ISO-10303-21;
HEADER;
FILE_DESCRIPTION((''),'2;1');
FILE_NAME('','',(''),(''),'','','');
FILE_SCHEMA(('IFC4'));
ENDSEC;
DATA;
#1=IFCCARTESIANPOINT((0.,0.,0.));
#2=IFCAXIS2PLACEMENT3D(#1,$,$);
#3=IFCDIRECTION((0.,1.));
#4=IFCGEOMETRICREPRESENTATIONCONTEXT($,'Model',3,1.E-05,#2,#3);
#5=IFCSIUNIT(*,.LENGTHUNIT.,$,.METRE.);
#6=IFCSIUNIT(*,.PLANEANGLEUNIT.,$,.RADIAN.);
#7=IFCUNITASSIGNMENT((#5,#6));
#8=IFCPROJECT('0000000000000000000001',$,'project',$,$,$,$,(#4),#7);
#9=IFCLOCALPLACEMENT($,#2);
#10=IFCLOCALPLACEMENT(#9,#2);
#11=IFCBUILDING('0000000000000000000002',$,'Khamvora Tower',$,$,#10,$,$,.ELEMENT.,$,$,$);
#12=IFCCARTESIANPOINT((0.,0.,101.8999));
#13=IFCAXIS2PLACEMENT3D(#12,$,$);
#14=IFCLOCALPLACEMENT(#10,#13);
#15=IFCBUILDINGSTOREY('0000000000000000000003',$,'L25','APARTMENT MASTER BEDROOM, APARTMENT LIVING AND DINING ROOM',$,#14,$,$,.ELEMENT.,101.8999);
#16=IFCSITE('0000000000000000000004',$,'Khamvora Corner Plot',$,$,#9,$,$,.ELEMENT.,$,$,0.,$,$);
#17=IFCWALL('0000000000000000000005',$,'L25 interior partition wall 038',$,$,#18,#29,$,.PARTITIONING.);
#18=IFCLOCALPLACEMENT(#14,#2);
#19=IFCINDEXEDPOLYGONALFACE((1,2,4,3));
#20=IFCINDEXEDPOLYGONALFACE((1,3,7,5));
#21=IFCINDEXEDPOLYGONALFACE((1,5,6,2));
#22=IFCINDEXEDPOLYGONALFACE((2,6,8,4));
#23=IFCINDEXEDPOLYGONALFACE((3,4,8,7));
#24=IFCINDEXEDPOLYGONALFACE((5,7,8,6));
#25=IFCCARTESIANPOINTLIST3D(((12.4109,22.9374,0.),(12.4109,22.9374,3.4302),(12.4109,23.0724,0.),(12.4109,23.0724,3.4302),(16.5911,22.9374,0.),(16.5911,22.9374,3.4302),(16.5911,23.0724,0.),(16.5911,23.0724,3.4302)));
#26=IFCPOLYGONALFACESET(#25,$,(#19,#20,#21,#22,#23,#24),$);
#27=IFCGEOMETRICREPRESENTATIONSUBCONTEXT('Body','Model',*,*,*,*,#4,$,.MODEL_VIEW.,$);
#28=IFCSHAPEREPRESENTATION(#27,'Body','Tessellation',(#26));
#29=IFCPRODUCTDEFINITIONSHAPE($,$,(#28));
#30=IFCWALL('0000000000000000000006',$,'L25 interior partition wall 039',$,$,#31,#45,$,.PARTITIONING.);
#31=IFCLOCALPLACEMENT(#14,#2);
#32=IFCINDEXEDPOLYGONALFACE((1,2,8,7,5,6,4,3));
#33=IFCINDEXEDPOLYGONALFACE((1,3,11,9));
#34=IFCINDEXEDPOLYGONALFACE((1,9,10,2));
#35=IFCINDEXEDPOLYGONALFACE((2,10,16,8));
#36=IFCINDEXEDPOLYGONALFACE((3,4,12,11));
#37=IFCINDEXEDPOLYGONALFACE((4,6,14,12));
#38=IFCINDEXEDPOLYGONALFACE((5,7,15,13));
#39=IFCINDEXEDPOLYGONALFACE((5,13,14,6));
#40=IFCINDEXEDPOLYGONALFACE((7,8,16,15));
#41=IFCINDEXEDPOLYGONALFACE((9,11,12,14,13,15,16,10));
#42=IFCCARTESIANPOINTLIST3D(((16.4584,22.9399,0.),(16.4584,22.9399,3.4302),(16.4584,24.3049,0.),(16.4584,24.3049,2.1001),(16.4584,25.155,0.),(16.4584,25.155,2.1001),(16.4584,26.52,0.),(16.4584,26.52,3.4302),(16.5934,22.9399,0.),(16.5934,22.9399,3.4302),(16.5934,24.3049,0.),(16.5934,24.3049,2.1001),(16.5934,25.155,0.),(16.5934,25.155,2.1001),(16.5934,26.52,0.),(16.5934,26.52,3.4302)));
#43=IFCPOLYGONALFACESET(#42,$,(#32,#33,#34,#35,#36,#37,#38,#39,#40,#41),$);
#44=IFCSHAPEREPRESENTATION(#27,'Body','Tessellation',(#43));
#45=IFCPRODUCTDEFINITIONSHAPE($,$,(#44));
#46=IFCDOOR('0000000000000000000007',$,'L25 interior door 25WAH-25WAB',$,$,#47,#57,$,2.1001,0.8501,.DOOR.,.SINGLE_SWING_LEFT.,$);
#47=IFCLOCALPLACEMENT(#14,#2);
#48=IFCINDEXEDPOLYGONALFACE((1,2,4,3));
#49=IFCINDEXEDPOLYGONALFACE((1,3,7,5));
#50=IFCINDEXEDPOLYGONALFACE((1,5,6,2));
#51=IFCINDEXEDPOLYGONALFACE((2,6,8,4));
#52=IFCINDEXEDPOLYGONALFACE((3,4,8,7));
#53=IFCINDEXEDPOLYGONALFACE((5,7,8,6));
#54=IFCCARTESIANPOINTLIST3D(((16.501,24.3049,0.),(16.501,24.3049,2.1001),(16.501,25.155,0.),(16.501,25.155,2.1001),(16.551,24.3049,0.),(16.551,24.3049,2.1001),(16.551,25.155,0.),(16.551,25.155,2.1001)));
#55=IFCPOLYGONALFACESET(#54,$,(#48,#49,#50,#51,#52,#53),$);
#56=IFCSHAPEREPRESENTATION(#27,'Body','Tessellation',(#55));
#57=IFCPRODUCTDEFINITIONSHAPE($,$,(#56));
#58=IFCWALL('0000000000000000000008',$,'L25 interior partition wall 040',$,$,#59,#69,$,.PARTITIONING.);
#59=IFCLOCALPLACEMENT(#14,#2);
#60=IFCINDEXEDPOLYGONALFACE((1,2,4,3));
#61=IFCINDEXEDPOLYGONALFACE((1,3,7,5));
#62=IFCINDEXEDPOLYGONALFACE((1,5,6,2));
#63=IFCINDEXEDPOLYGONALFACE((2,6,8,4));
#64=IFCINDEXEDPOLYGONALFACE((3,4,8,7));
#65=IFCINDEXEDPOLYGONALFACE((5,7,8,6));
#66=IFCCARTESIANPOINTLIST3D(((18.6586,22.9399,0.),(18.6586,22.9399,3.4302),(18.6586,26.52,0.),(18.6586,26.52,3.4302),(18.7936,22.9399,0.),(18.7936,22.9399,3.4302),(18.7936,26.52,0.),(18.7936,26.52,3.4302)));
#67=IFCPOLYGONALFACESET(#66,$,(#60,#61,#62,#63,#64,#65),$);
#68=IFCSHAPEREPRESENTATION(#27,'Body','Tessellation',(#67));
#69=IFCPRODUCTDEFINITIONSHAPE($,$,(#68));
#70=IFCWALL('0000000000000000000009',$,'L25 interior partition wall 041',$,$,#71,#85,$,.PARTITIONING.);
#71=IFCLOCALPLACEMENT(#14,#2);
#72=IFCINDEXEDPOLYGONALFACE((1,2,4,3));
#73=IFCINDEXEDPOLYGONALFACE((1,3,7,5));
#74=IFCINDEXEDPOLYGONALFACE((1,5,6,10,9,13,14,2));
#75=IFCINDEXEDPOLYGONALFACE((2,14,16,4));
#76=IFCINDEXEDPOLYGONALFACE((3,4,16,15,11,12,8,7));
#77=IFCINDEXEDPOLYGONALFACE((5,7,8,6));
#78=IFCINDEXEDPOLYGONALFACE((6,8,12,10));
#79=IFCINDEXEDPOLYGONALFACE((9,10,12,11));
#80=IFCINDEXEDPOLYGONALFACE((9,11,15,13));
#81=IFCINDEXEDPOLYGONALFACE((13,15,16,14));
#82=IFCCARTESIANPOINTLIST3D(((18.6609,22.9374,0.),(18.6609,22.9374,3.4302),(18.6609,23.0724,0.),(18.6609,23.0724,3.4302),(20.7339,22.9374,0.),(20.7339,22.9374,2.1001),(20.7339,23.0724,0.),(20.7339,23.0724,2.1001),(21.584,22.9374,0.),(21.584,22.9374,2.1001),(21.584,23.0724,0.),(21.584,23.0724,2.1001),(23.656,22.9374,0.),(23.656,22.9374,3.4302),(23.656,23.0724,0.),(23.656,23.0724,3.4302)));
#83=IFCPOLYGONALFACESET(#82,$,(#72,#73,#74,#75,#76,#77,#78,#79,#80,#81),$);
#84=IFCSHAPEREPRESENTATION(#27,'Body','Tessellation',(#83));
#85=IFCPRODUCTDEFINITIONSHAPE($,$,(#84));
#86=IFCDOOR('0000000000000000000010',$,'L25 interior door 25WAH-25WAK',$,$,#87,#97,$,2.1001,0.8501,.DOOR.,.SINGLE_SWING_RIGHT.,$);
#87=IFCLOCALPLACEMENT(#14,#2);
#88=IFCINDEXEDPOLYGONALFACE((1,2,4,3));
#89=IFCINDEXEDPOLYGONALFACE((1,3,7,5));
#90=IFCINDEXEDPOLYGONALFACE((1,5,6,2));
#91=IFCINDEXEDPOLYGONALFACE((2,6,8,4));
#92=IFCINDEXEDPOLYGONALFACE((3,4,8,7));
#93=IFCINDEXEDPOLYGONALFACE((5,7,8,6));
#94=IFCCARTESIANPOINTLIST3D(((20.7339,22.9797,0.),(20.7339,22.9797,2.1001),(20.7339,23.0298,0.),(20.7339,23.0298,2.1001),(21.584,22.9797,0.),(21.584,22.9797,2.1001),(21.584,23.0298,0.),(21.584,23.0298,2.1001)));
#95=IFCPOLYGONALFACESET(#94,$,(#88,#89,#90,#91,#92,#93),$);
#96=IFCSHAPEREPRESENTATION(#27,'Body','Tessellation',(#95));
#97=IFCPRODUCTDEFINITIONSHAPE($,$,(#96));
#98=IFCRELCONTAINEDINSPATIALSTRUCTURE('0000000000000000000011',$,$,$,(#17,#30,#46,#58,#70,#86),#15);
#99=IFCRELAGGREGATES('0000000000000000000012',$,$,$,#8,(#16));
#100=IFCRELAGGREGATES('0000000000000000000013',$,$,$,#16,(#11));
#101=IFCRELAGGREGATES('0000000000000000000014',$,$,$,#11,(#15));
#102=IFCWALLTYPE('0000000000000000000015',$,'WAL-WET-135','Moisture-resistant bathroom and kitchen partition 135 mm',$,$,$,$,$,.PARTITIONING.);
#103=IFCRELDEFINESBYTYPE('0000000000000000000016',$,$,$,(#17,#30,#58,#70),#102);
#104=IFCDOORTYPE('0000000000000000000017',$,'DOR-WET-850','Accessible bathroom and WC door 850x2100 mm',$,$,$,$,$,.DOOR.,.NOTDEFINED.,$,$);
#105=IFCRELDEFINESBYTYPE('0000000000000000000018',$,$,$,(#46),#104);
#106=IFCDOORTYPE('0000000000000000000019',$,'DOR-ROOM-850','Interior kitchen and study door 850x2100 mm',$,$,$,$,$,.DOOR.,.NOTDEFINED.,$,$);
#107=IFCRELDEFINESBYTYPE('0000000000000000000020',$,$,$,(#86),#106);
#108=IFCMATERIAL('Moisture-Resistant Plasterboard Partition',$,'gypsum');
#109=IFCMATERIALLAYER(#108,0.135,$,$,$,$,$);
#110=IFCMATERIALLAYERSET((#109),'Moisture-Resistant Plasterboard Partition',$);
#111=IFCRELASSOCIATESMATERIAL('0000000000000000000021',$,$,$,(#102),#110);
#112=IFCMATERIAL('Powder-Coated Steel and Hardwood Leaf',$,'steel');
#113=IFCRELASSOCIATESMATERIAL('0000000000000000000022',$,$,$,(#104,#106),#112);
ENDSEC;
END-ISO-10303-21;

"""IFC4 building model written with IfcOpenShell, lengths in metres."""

from ifc_helpers import new_model, si_unit, direction, frame, frame_2d, origin, place, context, subcontext, project, spatial, rectangle, extrude, material, layer, layer_set, type_object, element, fill, save


model = new_model("IFC4")

# Units and contexts
model_context = context("Model", 3, precision=1e-05, world=origin(), true_north=direction((0.0, 1.0)))
body_context = subcontext(model_context, "Body", "Model", "MODEL_VIEW")
ifc_project = project(units=[si_unit("LENGTHUNIT", "METRE"), si_unit("PLANEANGLEUNIT", "RADIAN")], contexts=[model_context])

# Site, building, storey
site_placement = place(None, origin())
site = spatial("IfcSite", under=ifc_project, at=site_placement, Name="Khamvora Corner Plot", CompositionType="ELEMENT", RefElevation=0.0)
building_placement = place(site_placement, origin())
building = spatial("IfcBuilding", under=site, at=building_placement, Name="Khamvora Tower", CompositionType="ELEMENT")
storey_placement = place(building_placement, frame((0.0, 0.0, 101.8999)))
storey = spatial("IfcBuildingStorey", under=building, at=storey_placement, Name="L25", Description="APARTMENT MASTER BEDROOM, APARTMENT LIVING AND DINING ROOM", CompositionType="ELEMENT", Elevation=101.8999)

# Shared definitions
ifc_material_1 = material(Name="Powder-Coated Steel and Hardwood Leaf", Category="steel")

# Wall
ifc_material_2 = material(Name="Moisture-Resistant Plasterboard Partition", Category="gypsum")
ifc_layer_1 = layer(ifc_material_2, 0.135)
ifc_layer_set_1 = layer_set([ifc_layer_1], Name="Moisture-Resistant Plasterboard Partition")
wall_type_1 = type_object("IfcWallType", Name="WAL-WET-135", Description="Moisture-resistant bathroom and kitchen partition 135 mm", PredefinedType="PARTITIONING", material=ifc_layer_set_1)
wall_1_placement = place(storey_placement, frame((12.4109, 23.0049, 0.0), z_axis=(0.0, 0.0, 1.0), x_axis=(1.0, 0.0, 0.0)))
element("IfcWall", 1, at=wall_1_placement, inside=storey, type_object=wall_type_1, Name="L25 interior partition wall 038", PredefinedType="PARTITIONING", context=body_context, shape_type="SweptSolid", body=[
    extrude(rectangle(XDim=4.1802, YDim=0.135, at=frame_2d((2.0901, 0.0))), origin(), (0.0, 0.0, 1.0), 3.4302),
])

# Wall, opening, door
wall_2_placement = place(storey_placement, frame((16.5259, 22.9399, 0.0), z_axis=(0.0, 0.0, 1.0), x_axis=(0.0, 1.0, 0.0)))
wall_2 = element("IfcWall", 2, at=wall_2_placement, inside=storey, type_object=wall_type_1, Name="L25 interior partition wall 039", PredefinedType="PARTITIONING", context=body_context, shape_type="SweptSolid", body=[
    extrude(rectangle(XDim=3.5801, YDim=0.135, at=frame_2d((1.79, 0.0))), origin(), (0.0, 0.0, 1.0), 3.4302),
])
opening_1_placement = place(wall_2_placement, frame((1.365, 0.0, 0.0)))
opening_1 = element("IfcOpeningElement", 3, at=opening_1_placement, cuts=wall_2, PredefinedType="OPENING", context=body_context, shape_type="SweptSolid", body=[
    extrude(rectangle(XDim=0.8501, YDim=2.1001, at=frame_2d((0.425, 1.05))), frame((0.0, 0.0774, 0.0), z_axis=(0.0, -1.0, 0.0), x_axis=(1.0, 0.0, 0.0)), (0.0, 0.0, 1.0), 0.155),
])
door_type_1 = type_object("IfcDoorType", Name="DOR-WET-850", Description="Accessible bathroom and WC door 850x2100 mm", OperationType="NOTDEFINED", PredefinedType="DOOR", material=ifc_material_1)
door_1_placement = place(opening_1_placement, origin())
door_1 = element("IfcDoor", 4, at=door_1_placement, inside=storey, type_object=door_type_1, Name="L25 interior door 25WAH-25WAB", OperationType="SINGLE_SWING_LEFT", OverallHeight=2.1001, OverallWidth=0.8501, PredefinedType="DOOR", context=body_context, shape_type="SweptSolid", body=[
    extrude(rectangle(XDim=0.8501, YDim=2.1001, at=frame_2d((0.425, 1.05))), frame((0.0, 0.0249, 0.0), z_axis=(0.0, -1.0, 0.0), x_axis=(1.0, 0.0, 0.0)), (0.0, 0.0, 1.0), 0.05),
])
fill(opening_1, door_1)

# Wall
wall_3_placement = place(storey_placement, frame((18.7261, 26.52, 0.0), z_axis=(0.0, 0.0, 1.0), x_axis=(0.0, -1.0, 0.0)))
element("IfcWall", 5, at=wall_3_placement, inside=storey, type_object=wall_type_1, Name="L25 interior partition wall 040", PredefinedType="PARTITIONING", context=body_context, shape_type="SweptSolid", body=[
    extrude(rectangle(XDim=3.5801, YDim=0.135, at=frame_2d((1.79, 0.0))), origin(), (0.0, 0.0, 1.0), 3.4302),
])

# Wall, opening, door
wall_4_placement = place(storey_placement, frame((18.6609, 23.0049, 0.0), z_axis=(0.0, 0.0, 1.0), x_axis=(1.0, 0.0, 0.0)))
wall_4 = element("IfcWall", 6, at=wall_4_placement, inside=storey, type_object=wall_type_1, Name="L25 interior partition wall 041", PredefinedType="PARTITIONING", context=body_context, shape_type="SweptSolid", body=[
    extrude(rectangle(XDim=4.9951, YDim=0.135, at=frame_2d((2.4976, 0.0))), origin(), (0.0, 0.0, 1.0), 3.4302),
])
opening_2_placement = place(wall_4_placement, frame((2.073, 0.0, 0.0)))
opening_2 = element("IfcOpeningElement", 7, at=opening_2_placement, cuts=wall_4, PredefinedType="OPENING", context=body_context, shape_type="SweptSolid", body=[
    extrude(rectangle(XDim=0.8501, YDim=2.1001, at=frame_2d((0.425, 1.05))), frame((0.0, 0.0774, 0.0), z_axis=(0.0, -1.0, 0.0), x_axis=(1.0, 0.0, 0.0)), (0.0, 0.0, 1.0), 0.155),
])
door_type_2 = type_object("IfcDoorType", Name="DOR-ROOM-850", Description="Interior kitchen and study door 850x2100 mm", OperationType="NOTDEFINED", PredefinedType="DOOR", material=ifc_material_1)
door_2_placement = place(opening_2_placement, origin())
door_2 = element("IfcDoor", 8, at=door_2_placement, inside=storey, type_object=door_type_2, Name="L25 interior door 25WAH-25WAK", OperationType="SINGLE_SWING_RIGHT", OverallHeight=2.1001, OverallWidth=0.8501, PredefinedType="DOOR", context=body_context, shape_type="SweptSolid", body=[
    extrude(rectangle(XDim=0.8501, YDim=2.1001, at=frame_2d((0.425, 1.05))), frame((0.0, 0.0249, 0.0), z_axis=(0.0, -1.0, 0.0), x_axis=(1.0, 0.0, 0.0)), (0.0, 0.0, 1.0), 0.05),
])
fill(opening_2, door_2)

save(model, "model.ifc")
